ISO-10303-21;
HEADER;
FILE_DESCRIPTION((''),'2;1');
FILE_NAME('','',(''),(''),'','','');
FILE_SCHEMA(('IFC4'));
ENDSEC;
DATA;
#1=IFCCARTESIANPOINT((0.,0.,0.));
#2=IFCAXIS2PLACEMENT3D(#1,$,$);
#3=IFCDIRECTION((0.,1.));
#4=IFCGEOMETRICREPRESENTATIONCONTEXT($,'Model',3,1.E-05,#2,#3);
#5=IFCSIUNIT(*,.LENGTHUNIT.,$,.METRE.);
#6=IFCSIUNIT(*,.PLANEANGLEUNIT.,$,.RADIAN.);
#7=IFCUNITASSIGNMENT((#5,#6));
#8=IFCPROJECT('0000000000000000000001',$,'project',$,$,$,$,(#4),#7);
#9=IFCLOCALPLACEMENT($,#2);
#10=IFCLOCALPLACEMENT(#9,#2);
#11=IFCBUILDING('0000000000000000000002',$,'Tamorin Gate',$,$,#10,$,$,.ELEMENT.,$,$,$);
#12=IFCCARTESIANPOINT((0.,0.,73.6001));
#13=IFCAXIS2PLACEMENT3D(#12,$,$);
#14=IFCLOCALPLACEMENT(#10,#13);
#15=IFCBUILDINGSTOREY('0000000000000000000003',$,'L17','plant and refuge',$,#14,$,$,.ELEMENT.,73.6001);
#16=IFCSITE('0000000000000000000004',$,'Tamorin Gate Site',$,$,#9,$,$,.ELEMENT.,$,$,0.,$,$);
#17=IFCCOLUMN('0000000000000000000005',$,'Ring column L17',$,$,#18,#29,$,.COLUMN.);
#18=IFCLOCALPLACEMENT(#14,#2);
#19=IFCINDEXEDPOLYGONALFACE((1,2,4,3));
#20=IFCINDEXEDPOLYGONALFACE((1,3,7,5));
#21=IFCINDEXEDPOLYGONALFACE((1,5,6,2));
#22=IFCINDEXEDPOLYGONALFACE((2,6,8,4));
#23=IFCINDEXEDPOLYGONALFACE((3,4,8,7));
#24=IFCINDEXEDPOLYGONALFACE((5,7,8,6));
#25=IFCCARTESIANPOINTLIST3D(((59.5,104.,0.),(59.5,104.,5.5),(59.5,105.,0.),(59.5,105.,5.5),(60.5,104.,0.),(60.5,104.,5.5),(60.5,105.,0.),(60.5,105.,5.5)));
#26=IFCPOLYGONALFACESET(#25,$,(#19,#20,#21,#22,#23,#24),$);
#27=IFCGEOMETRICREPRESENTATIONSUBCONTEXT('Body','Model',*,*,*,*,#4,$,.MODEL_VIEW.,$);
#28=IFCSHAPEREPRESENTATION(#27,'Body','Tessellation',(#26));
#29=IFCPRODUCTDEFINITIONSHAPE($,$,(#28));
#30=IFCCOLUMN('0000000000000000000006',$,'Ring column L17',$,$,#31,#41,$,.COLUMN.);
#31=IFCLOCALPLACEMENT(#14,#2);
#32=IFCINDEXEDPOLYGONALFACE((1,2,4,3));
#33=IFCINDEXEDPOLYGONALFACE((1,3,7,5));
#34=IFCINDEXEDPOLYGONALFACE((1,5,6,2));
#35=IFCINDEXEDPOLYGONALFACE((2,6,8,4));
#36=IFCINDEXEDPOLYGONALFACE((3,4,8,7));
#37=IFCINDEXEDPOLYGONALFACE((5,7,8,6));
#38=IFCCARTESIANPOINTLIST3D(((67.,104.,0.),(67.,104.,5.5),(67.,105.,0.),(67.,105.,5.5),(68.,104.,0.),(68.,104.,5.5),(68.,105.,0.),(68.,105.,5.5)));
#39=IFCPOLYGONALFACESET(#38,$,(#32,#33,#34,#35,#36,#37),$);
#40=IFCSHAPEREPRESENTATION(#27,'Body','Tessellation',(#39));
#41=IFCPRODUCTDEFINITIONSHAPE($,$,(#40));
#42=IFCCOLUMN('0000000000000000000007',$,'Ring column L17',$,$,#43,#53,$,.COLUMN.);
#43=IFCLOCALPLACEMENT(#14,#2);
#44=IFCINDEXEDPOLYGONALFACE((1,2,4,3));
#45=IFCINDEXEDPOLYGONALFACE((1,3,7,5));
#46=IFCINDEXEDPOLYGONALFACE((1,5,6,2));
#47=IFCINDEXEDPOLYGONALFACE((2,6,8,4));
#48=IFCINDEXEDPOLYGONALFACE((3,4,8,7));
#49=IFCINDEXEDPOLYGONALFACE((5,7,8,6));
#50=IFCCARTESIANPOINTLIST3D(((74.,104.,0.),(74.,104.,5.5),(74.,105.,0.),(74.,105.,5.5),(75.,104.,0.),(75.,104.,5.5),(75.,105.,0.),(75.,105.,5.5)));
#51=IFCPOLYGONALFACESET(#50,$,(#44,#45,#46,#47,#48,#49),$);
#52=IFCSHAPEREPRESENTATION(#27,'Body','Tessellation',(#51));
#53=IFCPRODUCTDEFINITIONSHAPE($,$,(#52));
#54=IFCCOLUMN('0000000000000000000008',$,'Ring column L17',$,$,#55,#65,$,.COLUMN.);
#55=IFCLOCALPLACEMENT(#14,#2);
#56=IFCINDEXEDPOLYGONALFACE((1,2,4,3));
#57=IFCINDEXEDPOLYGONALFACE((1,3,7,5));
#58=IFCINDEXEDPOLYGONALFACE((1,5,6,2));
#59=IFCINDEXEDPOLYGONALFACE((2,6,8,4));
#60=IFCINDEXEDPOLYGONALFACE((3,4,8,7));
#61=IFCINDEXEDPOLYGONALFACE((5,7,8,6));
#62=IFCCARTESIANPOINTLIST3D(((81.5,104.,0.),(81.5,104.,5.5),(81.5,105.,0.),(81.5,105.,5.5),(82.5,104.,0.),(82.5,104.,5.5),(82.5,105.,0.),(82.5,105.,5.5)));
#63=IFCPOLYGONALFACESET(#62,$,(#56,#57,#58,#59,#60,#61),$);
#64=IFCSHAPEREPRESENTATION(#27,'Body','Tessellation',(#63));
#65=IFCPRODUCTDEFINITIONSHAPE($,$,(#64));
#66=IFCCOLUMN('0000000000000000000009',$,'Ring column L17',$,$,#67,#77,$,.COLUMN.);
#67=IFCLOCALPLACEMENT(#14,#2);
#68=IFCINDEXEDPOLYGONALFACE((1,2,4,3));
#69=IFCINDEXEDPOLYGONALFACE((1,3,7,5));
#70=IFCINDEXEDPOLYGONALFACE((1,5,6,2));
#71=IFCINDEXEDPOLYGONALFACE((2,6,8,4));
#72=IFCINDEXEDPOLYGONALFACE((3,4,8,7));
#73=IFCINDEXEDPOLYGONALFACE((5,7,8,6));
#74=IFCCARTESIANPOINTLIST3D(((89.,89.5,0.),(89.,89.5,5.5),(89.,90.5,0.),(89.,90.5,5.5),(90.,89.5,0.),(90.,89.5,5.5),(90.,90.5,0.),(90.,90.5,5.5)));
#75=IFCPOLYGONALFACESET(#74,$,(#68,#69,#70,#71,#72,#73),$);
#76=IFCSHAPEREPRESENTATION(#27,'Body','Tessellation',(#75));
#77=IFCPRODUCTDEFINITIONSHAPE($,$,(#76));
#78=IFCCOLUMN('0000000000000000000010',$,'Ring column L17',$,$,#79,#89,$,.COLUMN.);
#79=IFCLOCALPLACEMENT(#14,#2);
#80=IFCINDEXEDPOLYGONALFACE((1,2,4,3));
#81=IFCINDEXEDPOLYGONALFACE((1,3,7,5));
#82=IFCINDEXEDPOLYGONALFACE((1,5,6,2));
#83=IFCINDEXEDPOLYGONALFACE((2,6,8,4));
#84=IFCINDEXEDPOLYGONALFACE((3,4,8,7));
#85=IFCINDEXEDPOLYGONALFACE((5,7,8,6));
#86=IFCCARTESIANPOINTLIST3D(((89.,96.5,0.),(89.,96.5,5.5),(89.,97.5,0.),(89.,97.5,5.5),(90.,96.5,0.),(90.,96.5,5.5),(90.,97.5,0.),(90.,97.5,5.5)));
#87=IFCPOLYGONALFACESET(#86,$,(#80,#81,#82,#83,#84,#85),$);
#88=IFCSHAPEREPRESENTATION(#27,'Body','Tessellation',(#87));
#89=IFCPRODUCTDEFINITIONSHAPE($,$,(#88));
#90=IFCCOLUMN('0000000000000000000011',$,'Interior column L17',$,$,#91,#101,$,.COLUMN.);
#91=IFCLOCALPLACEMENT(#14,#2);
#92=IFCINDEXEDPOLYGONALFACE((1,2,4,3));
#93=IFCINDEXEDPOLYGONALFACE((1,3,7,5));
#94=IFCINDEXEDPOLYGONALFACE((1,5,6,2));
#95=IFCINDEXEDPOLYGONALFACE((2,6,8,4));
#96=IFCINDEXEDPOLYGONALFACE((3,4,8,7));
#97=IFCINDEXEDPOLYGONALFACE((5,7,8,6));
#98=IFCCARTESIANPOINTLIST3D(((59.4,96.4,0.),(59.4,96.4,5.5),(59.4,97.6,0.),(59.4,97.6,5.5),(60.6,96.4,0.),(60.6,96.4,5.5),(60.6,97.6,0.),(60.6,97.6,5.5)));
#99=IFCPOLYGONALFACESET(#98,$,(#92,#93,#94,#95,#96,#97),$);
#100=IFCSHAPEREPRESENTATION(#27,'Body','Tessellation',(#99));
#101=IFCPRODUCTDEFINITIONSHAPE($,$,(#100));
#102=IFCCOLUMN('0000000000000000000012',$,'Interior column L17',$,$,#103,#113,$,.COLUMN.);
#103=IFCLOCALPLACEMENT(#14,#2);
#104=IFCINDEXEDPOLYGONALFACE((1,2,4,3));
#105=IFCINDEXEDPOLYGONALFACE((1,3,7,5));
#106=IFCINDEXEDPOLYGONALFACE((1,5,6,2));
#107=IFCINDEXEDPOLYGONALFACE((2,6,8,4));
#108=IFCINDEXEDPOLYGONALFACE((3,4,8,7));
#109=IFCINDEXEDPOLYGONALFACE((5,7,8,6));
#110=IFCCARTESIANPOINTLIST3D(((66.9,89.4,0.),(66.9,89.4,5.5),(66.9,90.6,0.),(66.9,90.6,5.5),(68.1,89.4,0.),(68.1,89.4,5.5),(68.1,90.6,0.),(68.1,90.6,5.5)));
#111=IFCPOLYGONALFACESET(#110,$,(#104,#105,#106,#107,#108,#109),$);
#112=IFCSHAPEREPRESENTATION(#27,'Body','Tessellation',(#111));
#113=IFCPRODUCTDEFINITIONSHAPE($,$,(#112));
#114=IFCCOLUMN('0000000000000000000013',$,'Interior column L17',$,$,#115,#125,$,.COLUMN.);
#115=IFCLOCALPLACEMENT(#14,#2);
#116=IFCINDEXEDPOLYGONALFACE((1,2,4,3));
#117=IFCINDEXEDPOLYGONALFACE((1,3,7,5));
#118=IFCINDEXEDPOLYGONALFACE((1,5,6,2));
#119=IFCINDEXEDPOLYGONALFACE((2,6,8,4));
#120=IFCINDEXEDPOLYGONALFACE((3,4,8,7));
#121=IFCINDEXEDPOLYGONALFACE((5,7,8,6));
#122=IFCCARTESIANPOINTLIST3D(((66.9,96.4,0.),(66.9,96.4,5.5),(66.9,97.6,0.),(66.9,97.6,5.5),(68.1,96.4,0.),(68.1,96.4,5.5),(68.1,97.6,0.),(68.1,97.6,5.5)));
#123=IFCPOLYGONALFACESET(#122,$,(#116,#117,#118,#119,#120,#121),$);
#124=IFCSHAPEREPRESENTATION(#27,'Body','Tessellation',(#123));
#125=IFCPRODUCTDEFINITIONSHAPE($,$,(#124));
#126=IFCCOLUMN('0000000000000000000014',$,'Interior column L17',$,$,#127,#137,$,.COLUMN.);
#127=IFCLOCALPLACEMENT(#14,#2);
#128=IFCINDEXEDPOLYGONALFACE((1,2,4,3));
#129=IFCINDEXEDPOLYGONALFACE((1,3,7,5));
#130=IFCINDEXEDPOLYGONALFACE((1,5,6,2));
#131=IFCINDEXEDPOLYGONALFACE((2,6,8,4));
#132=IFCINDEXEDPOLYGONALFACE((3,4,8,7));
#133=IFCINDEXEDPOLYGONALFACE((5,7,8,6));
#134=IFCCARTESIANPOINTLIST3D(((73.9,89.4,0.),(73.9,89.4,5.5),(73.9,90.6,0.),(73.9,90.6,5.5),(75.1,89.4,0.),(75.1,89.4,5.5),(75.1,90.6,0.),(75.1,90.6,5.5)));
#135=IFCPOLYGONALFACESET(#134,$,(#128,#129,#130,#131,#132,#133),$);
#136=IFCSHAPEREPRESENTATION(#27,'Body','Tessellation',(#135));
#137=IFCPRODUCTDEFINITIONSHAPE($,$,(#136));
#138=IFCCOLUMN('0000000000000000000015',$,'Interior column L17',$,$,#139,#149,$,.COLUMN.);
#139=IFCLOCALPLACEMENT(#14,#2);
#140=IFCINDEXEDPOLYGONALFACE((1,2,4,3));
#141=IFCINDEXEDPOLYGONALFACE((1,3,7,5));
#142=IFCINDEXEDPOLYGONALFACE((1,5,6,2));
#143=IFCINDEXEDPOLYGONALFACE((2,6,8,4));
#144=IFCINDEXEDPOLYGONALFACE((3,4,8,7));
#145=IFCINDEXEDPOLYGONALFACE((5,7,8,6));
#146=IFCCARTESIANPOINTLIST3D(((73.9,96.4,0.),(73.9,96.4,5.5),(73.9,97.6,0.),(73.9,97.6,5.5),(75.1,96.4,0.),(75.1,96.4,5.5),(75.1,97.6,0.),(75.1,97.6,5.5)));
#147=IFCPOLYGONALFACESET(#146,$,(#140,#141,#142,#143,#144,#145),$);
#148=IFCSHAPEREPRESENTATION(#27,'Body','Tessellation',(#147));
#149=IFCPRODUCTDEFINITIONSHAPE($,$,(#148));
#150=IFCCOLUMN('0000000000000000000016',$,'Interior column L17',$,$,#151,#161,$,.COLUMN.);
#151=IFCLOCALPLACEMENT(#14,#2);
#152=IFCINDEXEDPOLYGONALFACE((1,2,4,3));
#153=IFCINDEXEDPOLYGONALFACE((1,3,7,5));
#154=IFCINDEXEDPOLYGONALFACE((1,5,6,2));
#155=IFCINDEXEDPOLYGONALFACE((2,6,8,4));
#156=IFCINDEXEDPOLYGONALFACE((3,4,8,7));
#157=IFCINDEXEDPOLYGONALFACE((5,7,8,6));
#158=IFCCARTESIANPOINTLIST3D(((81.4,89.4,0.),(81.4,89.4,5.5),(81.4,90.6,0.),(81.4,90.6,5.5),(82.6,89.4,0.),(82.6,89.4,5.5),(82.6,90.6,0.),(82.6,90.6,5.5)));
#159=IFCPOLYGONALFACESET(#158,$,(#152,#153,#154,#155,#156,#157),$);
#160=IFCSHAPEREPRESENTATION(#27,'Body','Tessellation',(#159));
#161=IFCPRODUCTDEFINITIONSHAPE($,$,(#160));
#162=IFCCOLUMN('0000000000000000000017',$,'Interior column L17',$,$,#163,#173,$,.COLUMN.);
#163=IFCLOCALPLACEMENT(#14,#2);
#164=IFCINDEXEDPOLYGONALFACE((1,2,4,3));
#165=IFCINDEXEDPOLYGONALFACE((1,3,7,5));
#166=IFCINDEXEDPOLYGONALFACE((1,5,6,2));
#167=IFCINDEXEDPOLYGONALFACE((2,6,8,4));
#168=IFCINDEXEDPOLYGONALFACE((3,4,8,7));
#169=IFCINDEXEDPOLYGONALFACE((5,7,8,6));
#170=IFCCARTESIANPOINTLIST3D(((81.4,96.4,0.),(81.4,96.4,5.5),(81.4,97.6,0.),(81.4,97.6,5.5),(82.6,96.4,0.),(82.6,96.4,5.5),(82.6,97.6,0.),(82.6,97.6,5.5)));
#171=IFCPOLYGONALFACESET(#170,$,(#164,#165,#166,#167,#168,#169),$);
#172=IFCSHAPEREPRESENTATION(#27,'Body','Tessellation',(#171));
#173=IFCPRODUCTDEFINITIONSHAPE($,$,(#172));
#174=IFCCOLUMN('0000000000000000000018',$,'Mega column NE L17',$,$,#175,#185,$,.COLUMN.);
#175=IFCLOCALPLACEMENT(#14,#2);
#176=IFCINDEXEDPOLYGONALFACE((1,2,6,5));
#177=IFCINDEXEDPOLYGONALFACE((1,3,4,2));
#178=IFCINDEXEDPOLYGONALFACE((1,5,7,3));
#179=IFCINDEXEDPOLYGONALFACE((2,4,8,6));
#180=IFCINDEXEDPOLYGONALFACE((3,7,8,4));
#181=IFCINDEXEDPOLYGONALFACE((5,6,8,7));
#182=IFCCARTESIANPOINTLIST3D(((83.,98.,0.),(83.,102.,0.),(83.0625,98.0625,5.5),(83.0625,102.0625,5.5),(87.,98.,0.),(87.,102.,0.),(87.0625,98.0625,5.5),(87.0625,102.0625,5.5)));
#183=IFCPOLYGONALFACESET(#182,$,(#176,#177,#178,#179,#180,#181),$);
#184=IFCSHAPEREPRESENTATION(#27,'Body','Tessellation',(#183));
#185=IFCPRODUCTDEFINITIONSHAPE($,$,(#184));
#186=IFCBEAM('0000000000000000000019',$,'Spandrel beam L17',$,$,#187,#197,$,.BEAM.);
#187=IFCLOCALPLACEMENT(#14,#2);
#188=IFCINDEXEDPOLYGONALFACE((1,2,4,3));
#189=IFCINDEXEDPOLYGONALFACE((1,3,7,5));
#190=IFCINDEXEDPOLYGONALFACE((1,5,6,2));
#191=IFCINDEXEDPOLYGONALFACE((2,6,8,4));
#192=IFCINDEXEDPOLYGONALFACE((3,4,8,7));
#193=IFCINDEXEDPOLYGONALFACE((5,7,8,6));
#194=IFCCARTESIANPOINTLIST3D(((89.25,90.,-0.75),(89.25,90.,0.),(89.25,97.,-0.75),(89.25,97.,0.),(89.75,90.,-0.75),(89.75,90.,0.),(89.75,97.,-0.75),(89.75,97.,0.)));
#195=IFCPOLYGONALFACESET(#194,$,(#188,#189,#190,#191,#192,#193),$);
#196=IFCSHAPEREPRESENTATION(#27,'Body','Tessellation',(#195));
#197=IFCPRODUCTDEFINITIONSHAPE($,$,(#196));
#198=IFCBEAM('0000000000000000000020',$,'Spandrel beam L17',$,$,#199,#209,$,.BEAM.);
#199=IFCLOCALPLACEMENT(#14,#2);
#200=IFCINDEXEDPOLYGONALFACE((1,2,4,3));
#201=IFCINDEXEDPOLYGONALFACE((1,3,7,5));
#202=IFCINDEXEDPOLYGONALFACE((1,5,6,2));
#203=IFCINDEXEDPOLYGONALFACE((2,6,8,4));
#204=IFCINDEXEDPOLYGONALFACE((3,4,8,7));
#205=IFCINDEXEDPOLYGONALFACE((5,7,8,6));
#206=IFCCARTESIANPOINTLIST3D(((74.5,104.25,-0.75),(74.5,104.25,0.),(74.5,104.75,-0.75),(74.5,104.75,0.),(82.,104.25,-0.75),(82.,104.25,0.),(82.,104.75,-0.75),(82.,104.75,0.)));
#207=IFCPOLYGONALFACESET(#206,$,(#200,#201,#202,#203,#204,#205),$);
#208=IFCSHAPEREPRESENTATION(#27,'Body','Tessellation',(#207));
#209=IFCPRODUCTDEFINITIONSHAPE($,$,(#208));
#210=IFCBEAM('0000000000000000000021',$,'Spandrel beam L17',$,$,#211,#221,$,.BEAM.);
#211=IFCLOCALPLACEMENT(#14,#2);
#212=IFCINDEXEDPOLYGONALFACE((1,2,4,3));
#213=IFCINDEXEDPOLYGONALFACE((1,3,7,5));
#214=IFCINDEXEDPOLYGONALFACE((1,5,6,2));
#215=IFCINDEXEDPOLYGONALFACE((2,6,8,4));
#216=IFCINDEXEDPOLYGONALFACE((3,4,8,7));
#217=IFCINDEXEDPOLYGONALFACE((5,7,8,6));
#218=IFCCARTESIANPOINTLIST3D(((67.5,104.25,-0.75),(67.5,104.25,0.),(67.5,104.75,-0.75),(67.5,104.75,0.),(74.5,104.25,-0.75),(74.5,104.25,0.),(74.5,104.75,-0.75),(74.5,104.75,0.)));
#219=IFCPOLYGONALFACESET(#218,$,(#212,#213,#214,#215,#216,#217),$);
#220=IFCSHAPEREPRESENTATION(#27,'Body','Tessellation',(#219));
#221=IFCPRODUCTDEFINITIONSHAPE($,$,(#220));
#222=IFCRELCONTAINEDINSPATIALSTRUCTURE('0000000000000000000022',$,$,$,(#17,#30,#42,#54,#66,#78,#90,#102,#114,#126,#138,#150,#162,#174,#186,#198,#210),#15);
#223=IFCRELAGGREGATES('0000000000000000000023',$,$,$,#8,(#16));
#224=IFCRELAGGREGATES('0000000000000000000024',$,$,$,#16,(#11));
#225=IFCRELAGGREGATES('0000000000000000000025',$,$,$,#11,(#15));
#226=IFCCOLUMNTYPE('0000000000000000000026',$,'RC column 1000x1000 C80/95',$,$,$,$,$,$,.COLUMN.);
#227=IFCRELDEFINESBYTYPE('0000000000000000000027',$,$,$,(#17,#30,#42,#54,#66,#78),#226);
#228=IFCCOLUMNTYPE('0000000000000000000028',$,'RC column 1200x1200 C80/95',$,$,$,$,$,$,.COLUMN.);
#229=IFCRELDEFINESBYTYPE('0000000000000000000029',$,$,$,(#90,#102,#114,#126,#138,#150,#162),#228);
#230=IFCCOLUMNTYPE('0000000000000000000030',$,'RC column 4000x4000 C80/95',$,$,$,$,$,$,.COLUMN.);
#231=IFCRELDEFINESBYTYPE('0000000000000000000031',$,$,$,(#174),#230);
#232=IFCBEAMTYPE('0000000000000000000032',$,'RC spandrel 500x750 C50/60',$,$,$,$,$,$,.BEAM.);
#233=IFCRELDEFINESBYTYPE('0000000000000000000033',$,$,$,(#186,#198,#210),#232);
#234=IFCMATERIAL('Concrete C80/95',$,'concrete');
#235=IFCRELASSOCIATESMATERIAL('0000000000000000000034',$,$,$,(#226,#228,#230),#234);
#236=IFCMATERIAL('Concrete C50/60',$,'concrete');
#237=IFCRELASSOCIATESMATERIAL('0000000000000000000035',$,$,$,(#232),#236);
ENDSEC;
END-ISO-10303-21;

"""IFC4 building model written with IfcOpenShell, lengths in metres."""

from ifc_helpers import new_model, si_unit, direction, frame, origin, origin_2d, place, context, subcontext, project, spatial, rectangle, extrude, material, material_profile, profile_set, type_object, element, save


model = new_model("IFC4")

# Units and contexts
model_context = context("Model", 3, precision=1e-05, world=origin(), true_north=direction((0.0, 1.0)))
body_context = subcontext(model_context, "Body", "Model", "MODEL_VIEW")
ifc_project = project(units=[si_unit("LENGTHUNIT", "METRE"), si_unit("PLANEANGLEUNIT", "RADIAN")], contexts=[model_context])

# Site, building, storey
site_placement = place(None, origin())
site = spatial("IfcSite", under=ifc_project, at=site_placement, Name="Tamorin Gate Site", CompositionType="ELEMENT", RefElevation=0.0)
building_placement = place(site_placement, origin())
building = spatial("IfcBuilding", under=site, at=building_placement, Name="Tamorin Gate", CompositionType="ELEMENT")
storey_placement = place(building_placement, frame((0.0, 0.0, 73.6001)))
storey = spatial("IfcBuildingStorey", under=building, at=storey_placement, Name="L17", Description="plant and refuge", CompositionType="ELEMENT", Elevation=73.6001)

# Columns
ifc_material_1 = material(Name="Concrete C80/95", Category="concrete")
ifc_material_profile_1 = material_profile(ifc_material_1, rectangle(XDim=1.0, YDim=1.0, at=origin_2d()), Name="RC 1000x1000")
ifc_profile_set_1 = profile_set([ifc_material_profile_1], Name="Concrete C80/95")
column_type_1 = type_object("IfcColumnType", Name="RC column 1000x1000 C80/95", PredefinedType="COLUMN", material=ifc_profile_set_1)
for number, where, z_axis, x_axis, name in (
    (1, (60.0, 104.5, 0.0), (0.0, 0.0, 1.0), (1.0, 0.0, 0.0), "Ring column L17"),
    (2, (67.5, 104.5, 0.0), (0.0, 0.0, 1.0), (1.0, 0.0, 0.0), "Ring column L17"),
    (3, (74.5, 104.5, 0.0), (0.0, 0.0, 1.0), (1.0, 0.0, 0.0), "Ring column L17"),
    (4, (82.0, 104.5, 0.0), (0.0, 0.0, 1.0), (1.0, 0.0, 0.0), "Ring column L17"),
    (5, (89.5, 90.0, 0.0), (0.0, 0.0, 1.0), (1.0, 0.0, 0.0), "Ring column L17"),
    (6, (89.5, 97.0, 0.0), (0.0, 0.0, 1.0), (1.0, 0.0, 0.0), "Ring column L17"),
):
    element("IfcColumn", number, at=place(storey_placement, frame(where, z_axis=z_axis, x_axis=x_axis)), inside=storey, type_object=column_type_1, Name=name, PredefinedType="COLUMN", context=body_context, shape_type="SweptSolid", body=[
        extrude(rectangle(XDim=1.0, YDim=1.0, at=origin_2d()), origin(), (0.0, 0.0, 1.0), 5.5),
    ])
ifc_material_profile_2 = material_profile(ifc_material_1, rectangle(XDim=1.2, YDim=1.2, at=origin_2d()), Name="RC 1200x1200")
ifc_profile_set_2 = profile_set([ifc_material_profile_2], Name="Concrete C80/95")
column_type_2 = type_object("IfcColumnType", Name="RC column 1200x1200 C80/95", PredefinedType="COLUMN", material=ifc_profile_set_2)
for number, where, z_axis, x_axis, name in (
    (7, (60.0, 97.0, 0.0), (0.0, 0.0, 1.0), (1.0, 0.0, 0.0), "Interior column L17"),
    (8, (67.5, 90.0, 0.0), (0.0, 0.0, 1.0), (1.0, 0.0, 0.0), "Interior column L17"),
    (9, (67.5, 97.0, 0.0), (0.0, 0.0, 1.0), (1.0, 0.0, 0.0), "Interior column L17"),
    (10, (74.5, 90.0, 0.0), (0.0, 0.0, 1.0), (1.0, 0.0, 0.0), "Interior column L17"),
    (11, (74.5, 97.0, 0.0), (0.0, 0.0, 1.0), (1.0, 0.0, 0.0), "Interior column L17"),
    (12, (82.0, 90.0, 0.0), (0.0, 0.0, 1.0), (1.0, 0.0, 0.0), "Interior column L17"),
    (13, (82.0, 97.0, 0.0), (0.0, 0.0, 1.0), (1.0, 0.0, 0.0), "Interior column L17"),
):
    element("IfcColumn", number, at=place(storey_placement, frame(where, z_axis=z_axis, x_axis=x_axis)), inside=storey, type_object=column_type_2, Name=name, PredefinedType="COLUMN", context=body_context, shape_type="SweptSolid", body=[
        extrude(rectangle(XDim=1.2, YDim=1.2, at=origin_2d()), origin(), (0.0, 0.0, 1.0), 5.5),
    ])
ifc_material_profile_3 = material_profile(ifc_material_1, rectangle(XDim=4.0, YDim=4.0, at=origin_2d()), Name="RC 4000x4000")
ifc_profile_set_3 = profile_set([ifc_material_profile_3], Name="Concrete C80/95")
column_type_3 = type_object("IfcColumnType", Name="RC column 4000x4000 C80/95", PredefinedType="COLUMN", material=ifc_profile_set_3)
column_placement = place(storey_placement, frame((85.0, 100.0, 0.0), z_axis=(0.0, 0.0, 1.0), x_axis=(1.0, 0.0, 0.0)))
element("IfcColumn", 14, at=column_placement, inside=storey, type_object=column_type_3, Name="Mega column NE L17", PredefinedType="COLUMN", context=body_context, shape_type="SweptSolid", body=[
    extrude(rectangle(XDim=4.0, YDim=4.0, at=origin_2d()), origin(), (0.011362, 0.011362, 0.999871), 5.5007),
])

# Beams
ifc_material_2 = material(Name="Concrete C50/60", Category="concrete")
ifc_material_profile_4 = material_profile(ifc_material_2, rectangle(XDim=0.5, YDim=0.75, at=origin_2d()), Name="RC 500x750")
ifc_profile_set_4 = profile_set([ifc_material_profile_4], Name="Concrete C50/60")
beam_type = type_object("IfcBeamType", Name="RC spandrel 500x750 C50/60", PredefinedType="BEAM", material=ifc_profile_set_4)
beam_1_placement = place(storey_placement, frame((89.5, 90.0, -0.375), z_axis=(0.0, 1.0, 0.0), x_axis=(-1.0, 0.0, 0.0)))
element("IfcBeam", 15, at=beam_1_placement, inside=storey, type_object=beam_type, Name="Spandrel beam L17", PredefinedType="BEAM", context=body_context, shape_type="SweptSolid", body=[
    extrude(rectangle(XDim=0.5, YDim=0.75, at=origin_2d()), origin(), (0.0, 0.0, 1.0), 7.0),
])
beam_2_placement = place(storey_placement, frame((82.0, 104.5, -0.375), z_axis=(-1.0, 0.0, 0.0), x_axis=(0.0, -1.0, 0.0)))
element("IfcBeam", 16, at=beam_2_placement, inside=storey, type_object=beam_type, Name="Spandrel beam L17", PredefinedType="BEAM", context=body_context, shape_type="SweptSolid", body=[
    extrude(rectangle(XDim=0.5, YDim=0.75, at=origin_2d()), origin(), (0.0, 0.0, 1.0), 7.5),
])
beam_3_placement = place(storey_placement, frame((74.5, 104.5, -0.375), z_axis=(-1.0, 0.0, 0.0), x_axis=(0.0, -1.0, 0.0)))
element("IfcBeam", 17, at=beam_3_placement, inside=storey, type_object=beam_type, Name="Spandrel beam L17", PredefinedType="BEAM", context=body_context, shape_type="SweptSolid", body=[
    extrude(rectangle(XDim=0.5, YDim=0.75, at=origin_2d()), origin(), (0.0, 0.0, 1.0), 7.0),
])

save(model, "model.ifc")
